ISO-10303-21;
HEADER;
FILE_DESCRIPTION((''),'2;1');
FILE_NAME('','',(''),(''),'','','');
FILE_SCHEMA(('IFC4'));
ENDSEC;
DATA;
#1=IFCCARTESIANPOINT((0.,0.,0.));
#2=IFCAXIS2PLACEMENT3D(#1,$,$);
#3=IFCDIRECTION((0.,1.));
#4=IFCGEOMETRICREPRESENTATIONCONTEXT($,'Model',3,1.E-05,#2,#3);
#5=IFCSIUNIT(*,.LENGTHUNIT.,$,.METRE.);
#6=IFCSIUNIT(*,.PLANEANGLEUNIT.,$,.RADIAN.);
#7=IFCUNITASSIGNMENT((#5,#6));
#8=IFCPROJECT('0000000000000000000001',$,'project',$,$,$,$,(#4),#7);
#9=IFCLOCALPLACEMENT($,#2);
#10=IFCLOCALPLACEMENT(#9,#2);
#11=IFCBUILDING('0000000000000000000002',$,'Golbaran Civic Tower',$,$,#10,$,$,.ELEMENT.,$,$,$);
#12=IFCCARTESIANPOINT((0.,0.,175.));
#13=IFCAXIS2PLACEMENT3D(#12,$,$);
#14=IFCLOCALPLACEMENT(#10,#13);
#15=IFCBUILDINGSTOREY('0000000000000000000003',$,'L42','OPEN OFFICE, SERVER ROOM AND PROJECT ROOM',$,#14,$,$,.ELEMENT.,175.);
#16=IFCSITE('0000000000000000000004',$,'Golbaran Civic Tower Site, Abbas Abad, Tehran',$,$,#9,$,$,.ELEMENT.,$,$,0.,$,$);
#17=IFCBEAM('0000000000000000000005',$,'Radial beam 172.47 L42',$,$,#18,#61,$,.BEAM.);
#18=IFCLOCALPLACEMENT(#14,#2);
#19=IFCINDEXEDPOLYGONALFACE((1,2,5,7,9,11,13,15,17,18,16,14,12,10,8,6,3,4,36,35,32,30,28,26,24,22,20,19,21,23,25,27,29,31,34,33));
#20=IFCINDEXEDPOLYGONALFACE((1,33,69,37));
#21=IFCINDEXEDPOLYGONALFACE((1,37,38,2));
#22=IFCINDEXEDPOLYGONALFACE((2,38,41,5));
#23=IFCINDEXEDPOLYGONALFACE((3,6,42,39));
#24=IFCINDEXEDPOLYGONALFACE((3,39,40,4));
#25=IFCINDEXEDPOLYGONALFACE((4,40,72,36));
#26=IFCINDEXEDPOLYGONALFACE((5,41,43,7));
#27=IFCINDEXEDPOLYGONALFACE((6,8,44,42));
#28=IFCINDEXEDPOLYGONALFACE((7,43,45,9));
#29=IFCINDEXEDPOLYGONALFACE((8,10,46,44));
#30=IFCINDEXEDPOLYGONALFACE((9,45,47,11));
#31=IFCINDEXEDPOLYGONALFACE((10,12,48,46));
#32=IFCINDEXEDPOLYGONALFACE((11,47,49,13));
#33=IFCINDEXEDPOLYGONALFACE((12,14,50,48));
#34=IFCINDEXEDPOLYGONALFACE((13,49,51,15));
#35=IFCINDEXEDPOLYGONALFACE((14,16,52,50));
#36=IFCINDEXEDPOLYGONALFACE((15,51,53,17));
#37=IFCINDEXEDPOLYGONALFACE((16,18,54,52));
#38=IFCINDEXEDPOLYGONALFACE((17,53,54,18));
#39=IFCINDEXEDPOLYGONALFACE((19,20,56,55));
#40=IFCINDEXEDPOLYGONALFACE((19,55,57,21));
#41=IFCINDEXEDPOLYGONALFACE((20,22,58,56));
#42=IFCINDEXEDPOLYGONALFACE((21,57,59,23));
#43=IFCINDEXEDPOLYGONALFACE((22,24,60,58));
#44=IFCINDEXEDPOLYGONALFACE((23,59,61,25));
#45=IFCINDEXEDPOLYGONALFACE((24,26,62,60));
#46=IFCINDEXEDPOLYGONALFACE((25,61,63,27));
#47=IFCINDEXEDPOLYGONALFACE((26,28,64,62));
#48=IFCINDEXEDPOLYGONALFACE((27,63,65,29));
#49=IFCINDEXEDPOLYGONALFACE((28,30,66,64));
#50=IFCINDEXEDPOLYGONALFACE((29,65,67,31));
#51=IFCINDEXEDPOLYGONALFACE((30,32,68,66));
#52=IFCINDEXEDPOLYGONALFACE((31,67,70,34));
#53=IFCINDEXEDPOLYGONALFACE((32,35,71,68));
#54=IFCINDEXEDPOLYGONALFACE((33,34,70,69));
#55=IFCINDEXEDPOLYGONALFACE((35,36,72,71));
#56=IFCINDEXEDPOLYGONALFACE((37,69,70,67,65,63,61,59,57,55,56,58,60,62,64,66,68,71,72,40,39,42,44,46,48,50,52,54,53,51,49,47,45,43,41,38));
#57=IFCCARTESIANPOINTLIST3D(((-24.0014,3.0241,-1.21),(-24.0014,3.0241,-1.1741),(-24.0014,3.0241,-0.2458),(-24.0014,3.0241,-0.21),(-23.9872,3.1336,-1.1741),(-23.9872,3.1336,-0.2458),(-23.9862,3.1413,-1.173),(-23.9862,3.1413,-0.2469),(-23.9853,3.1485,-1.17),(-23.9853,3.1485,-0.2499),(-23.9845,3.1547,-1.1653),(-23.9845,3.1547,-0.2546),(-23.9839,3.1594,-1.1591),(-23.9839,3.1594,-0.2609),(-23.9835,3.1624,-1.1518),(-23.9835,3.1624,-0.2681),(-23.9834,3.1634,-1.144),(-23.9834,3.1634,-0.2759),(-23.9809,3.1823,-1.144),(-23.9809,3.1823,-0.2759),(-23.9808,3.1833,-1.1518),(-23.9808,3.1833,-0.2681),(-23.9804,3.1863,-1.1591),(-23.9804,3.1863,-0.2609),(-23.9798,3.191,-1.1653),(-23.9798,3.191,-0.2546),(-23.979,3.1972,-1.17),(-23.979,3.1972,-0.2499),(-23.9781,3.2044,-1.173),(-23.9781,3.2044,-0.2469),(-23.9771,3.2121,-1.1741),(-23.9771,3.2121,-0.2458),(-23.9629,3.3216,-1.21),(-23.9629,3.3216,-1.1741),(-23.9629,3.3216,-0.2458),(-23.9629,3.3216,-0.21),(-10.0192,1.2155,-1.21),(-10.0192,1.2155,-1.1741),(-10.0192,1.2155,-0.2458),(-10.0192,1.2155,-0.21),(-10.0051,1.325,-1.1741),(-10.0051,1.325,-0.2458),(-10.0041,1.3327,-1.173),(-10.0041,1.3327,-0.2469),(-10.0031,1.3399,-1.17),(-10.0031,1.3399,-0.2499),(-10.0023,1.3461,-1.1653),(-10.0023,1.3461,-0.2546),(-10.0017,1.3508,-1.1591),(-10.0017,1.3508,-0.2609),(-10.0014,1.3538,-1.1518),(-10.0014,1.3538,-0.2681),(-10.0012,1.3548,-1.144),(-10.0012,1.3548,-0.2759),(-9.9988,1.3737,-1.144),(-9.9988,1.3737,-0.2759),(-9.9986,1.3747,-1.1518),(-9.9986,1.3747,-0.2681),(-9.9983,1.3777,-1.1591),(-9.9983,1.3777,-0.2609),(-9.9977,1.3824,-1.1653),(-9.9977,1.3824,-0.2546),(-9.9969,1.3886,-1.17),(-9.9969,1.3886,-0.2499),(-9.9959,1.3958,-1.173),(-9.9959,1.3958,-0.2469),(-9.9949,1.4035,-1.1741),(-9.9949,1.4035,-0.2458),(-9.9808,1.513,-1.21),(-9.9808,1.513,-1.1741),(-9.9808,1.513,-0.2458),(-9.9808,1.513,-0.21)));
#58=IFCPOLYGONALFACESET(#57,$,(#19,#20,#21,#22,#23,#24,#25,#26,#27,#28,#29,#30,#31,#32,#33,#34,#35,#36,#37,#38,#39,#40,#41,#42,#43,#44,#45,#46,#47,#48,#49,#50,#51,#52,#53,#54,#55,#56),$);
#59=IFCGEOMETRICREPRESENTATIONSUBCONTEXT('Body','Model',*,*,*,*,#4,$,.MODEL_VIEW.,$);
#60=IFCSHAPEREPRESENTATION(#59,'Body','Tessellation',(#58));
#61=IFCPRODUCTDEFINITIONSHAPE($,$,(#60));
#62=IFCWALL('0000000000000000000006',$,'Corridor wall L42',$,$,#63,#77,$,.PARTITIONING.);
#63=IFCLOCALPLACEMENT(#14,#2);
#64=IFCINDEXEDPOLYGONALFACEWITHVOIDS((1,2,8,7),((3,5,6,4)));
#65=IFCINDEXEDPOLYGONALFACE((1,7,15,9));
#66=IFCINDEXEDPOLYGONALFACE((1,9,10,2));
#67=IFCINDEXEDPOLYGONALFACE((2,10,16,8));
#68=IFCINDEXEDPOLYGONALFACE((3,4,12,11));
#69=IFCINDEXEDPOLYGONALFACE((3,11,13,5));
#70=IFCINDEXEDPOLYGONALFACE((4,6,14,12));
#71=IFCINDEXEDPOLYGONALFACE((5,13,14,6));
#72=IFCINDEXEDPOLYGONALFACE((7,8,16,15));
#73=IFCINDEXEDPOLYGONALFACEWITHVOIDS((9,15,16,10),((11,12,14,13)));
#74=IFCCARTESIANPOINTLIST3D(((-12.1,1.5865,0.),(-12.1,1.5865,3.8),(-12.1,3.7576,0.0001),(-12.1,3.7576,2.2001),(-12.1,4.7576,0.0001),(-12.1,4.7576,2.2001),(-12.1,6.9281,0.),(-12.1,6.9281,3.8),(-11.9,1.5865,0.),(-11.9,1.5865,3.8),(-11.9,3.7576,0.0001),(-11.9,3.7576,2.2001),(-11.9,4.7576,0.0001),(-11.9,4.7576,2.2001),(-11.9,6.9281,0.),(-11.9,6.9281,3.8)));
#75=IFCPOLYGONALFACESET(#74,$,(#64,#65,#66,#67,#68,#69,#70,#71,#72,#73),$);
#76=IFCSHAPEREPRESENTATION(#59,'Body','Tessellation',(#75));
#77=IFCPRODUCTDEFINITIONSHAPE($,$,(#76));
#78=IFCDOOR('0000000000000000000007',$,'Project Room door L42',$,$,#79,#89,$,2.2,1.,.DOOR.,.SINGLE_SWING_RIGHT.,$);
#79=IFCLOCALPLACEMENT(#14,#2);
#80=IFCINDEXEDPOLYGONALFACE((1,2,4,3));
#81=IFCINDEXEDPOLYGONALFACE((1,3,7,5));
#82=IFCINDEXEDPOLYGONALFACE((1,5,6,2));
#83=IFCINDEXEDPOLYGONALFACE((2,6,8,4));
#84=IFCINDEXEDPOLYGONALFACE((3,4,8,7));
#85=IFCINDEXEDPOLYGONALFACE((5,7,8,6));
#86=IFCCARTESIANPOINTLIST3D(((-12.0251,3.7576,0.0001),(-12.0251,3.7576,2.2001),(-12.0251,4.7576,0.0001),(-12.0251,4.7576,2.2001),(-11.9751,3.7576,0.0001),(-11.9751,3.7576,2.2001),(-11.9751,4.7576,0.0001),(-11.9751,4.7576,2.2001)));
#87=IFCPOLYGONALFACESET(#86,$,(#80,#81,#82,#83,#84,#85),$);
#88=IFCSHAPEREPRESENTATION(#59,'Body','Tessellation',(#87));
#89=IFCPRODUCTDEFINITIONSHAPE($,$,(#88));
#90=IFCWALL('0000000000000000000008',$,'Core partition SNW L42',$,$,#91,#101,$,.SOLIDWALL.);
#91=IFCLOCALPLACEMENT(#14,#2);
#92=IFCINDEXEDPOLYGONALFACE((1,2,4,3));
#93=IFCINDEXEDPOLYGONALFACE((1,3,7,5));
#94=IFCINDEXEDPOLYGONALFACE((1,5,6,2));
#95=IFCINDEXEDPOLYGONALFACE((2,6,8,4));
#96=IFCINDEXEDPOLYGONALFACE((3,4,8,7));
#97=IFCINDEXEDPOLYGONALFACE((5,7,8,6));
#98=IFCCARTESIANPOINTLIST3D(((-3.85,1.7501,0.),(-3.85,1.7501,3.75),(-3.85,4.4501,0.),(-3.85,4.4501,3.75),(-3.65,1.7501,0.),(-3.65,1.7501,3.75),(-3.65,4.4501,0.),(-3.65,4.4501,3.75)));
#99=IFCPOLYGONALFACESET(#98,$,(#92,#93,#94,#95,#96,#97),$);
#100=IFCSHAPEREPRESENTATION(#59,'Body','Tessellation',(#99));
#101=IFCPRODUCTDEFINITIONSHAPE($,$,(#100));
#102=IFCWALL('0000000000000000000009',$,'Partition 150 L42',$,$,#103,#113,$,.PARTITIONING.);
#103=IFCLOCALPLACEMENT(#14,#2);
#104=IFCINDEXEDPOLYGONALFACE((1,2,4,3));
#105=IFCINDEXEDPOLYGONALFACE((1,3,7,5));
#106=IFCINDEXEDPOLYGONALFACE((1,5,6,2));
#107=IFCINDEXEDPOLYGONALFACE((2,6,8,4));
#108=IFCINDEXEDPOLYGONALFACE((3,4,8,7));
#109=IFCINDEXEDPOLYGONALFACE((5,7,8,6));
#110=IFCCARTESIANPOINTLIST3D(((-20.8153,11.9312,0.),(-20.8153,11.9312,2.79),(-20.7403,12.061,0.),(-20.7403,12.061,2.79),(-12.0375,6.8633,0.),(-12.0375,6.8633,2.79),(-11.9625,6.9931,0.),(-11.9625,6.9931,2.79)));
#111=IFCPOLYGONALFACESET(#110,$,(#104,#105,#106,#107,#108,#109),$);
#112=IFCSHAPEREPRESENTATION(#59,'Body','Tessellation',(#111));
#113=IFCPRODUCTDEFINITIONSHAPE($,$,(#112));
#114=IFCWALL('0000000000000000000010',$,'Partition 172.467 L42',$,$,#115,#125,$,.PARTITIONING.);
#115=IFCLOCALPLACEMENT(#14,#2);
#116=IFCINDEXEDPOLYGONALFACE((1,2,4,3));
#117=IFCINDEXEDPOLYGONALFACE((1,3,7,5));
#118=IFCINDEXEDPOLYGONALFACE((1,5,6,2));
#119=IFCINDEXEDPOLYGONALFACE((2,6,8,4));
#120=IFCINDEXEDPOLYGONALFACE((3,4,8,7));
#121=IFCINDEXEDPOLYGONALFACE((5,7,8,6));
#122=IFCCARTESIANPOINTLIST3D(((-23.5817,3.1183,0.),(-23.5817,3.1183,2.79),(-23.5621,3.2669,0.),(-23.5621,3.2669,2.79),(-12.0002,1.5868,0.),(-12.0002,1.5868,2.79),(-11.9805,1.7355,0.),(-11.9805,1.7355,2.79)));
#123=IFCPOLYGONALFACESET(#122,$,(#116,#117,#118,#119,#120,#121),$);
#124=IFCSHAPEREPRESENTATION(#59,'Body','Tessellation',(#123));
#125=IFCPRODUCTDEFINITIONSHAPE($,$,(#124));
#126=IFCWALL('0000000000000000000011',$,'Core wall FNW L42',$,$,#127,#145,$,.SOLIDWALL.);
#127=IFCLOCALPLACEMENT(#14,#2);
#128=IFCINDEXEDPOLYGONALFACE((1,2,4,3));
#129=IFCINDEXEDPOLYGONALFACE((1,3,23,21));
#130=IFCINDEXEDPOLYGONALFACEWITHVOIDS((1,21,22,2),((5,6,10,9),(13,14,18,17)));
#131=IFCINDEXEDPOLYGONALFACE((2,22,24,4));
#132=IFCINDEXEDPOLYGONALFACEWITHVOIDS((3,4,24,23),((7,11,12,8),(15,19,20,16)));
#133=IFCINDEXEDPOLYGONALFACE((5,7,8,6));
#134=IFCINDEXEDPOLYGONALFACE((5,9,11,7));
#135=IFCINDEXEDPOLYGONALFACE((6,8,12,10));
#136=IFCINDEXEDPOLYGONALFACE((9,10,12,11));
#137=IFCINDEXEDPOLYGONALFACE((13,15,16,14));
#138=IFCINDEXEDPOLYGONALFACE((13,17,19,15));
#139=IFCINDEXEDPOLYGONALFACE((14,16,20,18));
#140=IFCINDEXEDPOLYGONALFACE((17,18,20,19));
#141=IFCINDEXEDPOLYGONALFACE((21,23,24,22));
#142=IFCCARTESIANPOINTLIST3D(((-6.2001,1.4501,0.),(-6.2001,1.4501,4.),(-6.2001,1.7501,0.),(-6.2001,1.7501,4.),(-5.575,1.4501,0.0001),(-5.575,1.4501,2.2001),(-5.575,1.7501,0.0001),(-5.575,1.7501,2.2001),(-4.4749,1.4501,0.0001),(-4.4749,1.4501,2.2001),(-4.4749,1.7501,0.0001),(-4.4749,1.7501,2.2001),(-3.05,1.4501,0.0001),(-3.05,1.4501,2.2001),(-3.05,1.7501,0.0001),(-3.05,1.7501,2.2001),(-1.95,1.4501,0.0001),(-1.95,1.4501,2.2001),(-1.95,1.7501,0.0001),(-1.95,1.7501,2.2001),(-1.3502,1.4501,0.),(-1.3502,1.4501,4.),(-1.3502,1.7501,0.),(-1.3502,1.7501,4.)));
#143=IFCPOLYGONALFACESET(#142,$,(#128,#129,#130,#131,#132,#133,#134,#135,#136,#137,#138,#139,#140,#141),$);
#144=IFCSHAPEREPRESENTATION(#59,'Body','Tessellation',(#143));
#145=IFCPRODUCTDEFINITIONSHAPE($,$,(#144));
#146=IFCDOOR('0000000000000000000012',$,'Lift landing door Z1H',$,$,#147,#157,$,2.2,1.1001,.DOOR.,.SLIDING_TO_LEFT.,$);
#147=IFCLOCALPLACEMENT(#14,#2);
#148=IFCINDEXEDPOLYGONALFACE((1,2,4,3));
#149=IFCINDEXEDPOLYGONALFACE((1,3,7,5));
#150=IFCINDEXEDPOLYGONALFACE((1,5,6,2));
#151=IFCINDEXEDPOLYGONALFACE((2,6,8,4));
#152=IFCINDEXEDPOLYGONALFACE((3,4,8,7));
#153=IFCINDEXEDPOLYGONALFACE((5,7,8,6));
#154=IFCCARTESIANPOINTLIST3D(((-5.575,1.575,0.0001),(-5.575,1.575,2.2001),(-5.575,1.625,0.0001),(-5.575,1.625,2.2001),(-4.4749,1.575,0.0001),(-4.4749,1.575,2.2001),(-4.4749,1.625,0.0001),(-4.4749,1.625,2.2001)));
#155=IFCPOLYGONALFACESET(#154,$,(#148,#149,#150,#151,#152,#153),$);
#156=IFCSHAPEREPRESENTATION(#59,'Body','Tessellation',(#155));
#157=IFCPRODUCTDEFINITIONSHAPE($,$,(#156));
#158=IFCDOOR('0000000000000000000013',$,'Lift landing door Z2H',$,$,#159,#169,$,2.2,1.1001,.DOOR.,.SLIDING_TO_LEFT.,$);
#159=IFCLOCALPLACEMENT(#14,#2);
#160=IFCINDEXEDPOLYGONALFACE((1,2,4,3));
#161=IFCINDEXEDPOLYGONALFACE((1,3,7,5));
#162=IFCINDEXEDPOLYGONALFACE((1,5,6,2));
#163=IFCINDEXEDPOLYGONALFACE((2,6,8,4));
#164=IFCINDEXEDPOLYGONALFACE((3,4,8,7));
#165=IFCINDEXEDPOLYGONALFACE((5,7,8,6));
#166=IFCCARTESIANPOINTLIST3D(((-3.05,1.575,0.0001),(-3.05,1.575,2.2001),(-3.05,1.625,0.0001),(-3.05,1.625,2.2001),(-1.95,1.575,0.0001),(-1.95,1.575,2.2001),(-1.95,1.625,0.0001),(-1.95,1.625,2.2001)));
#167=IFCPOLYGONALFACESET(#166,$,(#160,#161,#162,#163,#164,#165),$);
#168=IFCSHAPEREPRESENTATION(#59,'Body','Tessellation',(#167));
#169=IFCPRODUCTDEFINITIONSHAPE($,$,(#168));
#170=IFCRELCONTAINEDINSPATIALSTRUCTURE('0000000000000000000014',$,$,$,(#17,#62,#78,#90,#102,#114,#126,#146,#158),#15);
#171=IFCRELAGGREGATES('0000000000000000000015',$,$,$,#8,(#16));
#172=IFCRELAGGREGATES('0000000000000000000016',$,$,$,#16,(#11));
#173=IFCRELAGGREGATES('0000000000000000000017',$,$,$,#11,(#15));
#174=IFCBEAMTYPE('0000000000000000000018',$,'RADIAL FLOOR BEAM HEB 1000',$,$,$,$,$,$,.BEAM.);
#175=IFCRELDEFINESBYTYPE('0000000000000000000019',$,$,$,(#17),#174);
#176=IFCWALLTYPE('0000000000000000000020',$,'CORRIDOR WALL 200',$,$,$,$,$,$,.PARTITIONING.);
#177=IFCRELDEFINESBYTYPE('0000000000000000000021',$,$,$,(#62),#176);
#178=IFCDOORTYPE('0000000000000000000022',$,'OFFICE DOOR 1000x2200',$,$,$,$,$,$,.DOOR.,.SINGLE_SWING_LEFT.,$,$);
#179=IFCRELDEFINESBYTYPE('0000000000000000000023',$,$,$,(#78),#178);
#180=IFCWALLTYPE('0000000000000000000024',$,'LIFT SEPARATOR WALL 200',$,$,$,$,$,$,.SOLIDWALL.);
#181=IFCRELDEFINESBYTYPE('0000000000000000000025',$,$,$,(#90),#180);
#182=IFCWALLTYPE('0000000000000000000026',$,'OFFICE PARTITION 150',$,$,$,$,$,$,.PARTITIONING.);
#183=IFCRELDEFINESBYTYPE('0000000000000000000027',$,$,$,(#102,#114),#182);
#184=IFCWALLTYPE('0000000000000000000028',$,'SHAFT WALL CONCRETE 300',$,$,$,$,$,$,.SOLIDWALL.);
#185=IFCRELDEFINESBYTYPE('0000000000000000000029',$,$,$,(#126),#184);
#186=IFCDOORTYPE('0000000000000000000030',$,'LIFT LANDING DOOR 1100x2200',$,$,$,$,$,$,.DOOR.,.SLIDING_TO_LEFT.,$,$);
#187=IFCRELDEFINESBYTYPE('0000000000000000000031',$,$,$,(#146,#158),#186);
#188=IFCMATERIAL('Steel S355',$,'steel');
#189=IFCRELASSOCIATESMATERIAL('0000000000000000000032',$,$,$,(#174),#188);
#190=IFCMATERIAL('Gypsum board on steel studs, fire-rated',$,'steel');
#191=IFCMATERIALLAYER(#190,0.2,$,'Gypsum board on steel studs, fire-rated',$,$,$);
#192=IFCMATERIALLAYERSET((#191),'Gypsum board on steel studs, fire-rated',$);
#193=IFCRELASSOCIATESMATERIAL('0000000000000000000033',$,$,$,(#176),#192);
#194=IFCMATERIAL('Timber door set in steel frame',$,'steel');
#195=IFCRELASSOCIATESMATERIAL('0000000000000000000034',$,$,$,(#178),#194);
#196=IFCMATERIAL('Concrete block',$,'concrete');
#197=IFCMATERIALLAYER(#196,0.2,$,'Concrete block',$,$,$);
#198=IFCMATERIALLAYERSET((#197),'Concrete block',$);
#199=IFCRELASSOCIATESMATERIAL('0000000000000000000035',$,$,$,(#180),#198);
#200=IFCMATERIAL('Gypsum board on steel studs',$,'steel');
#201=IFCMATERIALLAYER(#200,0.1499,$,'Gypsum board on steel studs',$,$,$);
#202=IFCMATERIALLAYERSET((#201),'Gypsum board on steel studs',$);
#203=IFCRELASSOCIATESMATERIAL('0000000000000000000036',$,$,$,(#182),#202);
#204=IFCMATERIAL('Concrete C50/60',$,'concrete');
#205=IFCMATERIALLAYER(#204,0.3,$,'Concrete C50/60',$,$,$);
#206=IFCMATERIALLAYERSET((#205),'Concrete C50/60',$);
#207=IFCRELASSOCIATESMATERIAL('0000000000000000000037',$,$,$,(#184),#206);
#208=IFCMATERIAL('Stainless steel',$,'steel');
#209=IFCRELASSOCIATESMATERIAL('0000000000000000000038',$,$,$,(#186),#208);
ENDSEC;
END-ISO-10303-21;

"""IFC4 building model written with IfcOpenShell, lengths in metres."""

from ifc_helpers import new_model, si_unit, direction, frame, frame_2d, origin, origin_2d, place, context, subcontext, project, spatial, rectangle, i_section, extrude, material, layer, layer_set, material_profile, profile_set, type_object, element, fill, save


model = new_model("IFC4")

# Units and contexts
model_context = context("Model", 3, precision=1e-05, world=origin(), true_north=direction((0.0, 1.0)))
body_context = subcontext(model_context, "Body", "Model", "MODEL_VIEW")
ifc_project = project(units=[si_unit("LENGTHUNIT", "METRE"), si_unit("PLANEANGLEUNIT", "RADIAN")], contexts=[model_context])

# Site, building, storey
site_placement = place(None, origin())
site = spatial("IfcSite", under=ifc_project, at=site_placement, Name="Golbaran Civic Tower Site, Abbas Abad, Tehran", CompositionType="ELEMENT", RefElevation=0.0)
building_placement = place(site_placement, origin())
building = spatial("IfcBuilding", under=site, at=building_placement, Name="Golbaran Civic Tower", CompositionType="ELEMENT")
storey_placement = place(building_placement, frame((0.0, 0.0, 175.0)))
storey = spatial("IfcBuildingStorey", under=building, at=storey_placement, Name="L42", Description="OPEN OFFICE, SERVER ROOM AND PROJECT ROOM", CompositionType="ELEMENT", Elevation=175.0)

# Beam
ifc_material_1 = material(Name="Steel S355", Category="steel")
ifc_material_profile_1 = material_profile(ifc_material_1, i_section(OverallWidth=0.3, OverallDepth=1.0, WebThickness=0.019, FlangeThickness=0.0359, FilletRadius=0.03, at=origin_2d()), Name="HEB 1000")
ifc_profile_set_1 = profile_set([ifc_material_profile_1], Name="Steel S355")
beam_type_1 = type_object("IfcBeamType", Name="RADIAL FLOOR BEAM HEB 1000", PredefinedType="BEAM", material=ifc_profile_set_1)
beam_1_placement = place(storey_placement, frame((-10.0, 1.3643, -0.71), z_axis=(-0.991738, 0.128281, 0.0), x_axis=(-0.128281, -0.991738, 0.0)))
element("IfcBeam", 1, at=beam_1_placement, inside=storey, type_object=beam_type_1, Name="Radial beam 172.47 L42", PredefinedType="BEAM", context=body_context, shape_type="SweptSolid", body=[
    extrude(i_section(OverallWidth=0.3, OverallDepth=1.0, WebThickness=0.019, FlangeThickness=0.0359, FilletRadius=0.03, at=origin_2d()), origin(), (0.0, 0.0, 1.0), 14.0986),
])

# Wall, opening, door
ifc_material_2 = material(Name="Gypsum board on steel studs, fire-rated", Category="steel")
ifc_layer_1 = layer(ifc_material_2, 0.2, Name="Gypsum board on steel studs, fire-rated")
ifc_layer_set_1 = layer_set([ifc_layer_1], Name="Gypsum board on steel studs, fire-rated")
wall_type_1 = type_object("IfcWallType", Name="CORRIDOR WALL 200", PredefinedType="PARTITIONING", material=ifc_layer_set_1)
wall_1_placement = place(storey_placement, frame((-12.0, 6.9282, 0.0), z_axis=(0.0, 0.0, 1.0), x_axis=(0.0, -1.0, 0.0)))
wall_1 = element("IfcWall", 2, at=wall_1_placement, inside=storey, type_object=wall_type_1, Name="Corridor wall L42", PredefinedType="PARTITIONING", context=body_context, shape_type="SweptSolid", body=[
    extrude(rectangle(XDim=5.3416, YDim=0.2, at=frame_2d((2.6709, 0.0))), origin(), (0.0, 0.0, 1.0), 3.8),
])
opening_1_placement = place(wall_1_placement, frame((2.1707, 0.0, 0.0)))
opening_1 = element("IfcOpeningElement", 3, at=opening_1_placement, cuts=wall_1, PredefinedType="OPENING", context=body_context, shape_type="SweptSolid", body=[
    extrude(rectangle(XDim=1.0, YDim=2.2, at=frame_2d((0.5, 1.1001))), frame((0.0, 0.1099, 0.0), z_axis=(0.0, -1.0, 0.0), x_axis=(1.0, 0.0, 0.0)), (0.0, 0.0, 1.0), 0.22),
])
ifc_material_3 = material(Name="Timber door set in steel frame", Category="steel")
door_type_1 = type_object("IfcDoorType", Name="OFFICE DOOR 1000x2200", OperationType="SINGLE_SWING_LEFT", PredefinedType="DOOR", material=ifc_material_3)
door_1_placement = place(opening_1_placement, origin())
door_1 = element("IfcDoor", 4, at=door_1_placement, inside=storey, type_object=door_type_1, Name="Project Room door L42", OperationType="SINGLE_SWING_RIGHT", OverallHeight=2.2, OverallWidth=1.0, PredefinedType="DOOR", context=body_context, shape_type="SweptSolid", body=[
    extrude(rectangle(XDim=1.0, YDim=2.2, at=frame_2d((0.5, 1.1001))), frame((0.0, 0.0249, 0.0), z_axis=(0.0, -1.0, 0.0), x_axis=(1.0, 0.0, 0.0)), (0.0, 0.0, 1.0), 0.05),
])
fill(opening_1, door_1)

# Walls
ifc_material_4 = material(Name="Concrete block", Category="concrete")
ifc_layer_2 = layer(ifc_material_4, 0.2, Name="Concrete block")
ifc_layer_set_2 = layer_set([ifc_layer_2], Name="Concrete block")
wall_type_2 = type_object("IfcWallType", Name="LIFT SEPARATOR WALL 200", PredefinedType="SOLIDWALL", material=ifc_layer_set_2)
wall_2_placement = place(storey_placement, frame((-3.75, 1.75, 0.0), z_axis=(0.0, 0.0, 1.0), x_axis=(0.0, 1.0, 0.0)))
element("IfcWall", 5, at=wall_2_placement, inside=storey, type_object=wall_type_2, Name="Core partition SNW L42", PredefinedType="SOLIDWALL", context=body_context, shape_type="SweptSolid", body=[
    extrude(rectangle(XDim=2.7, YDim=0.2, at=frame_2d((1.3501, 0.0))), origin(), (0.0, 0.0, 1.0), 3.75),
])
ifc_material_5 = material(Name="Gypsum board on steel studs", Category="steel")
ifc_layer_3 = layer(ifc_material_5, 0.1499, Name="Gypsum board on steel studs")
ifc_layer_set_3 = layer_set([ifc_layer_3], Name="Gypsum board on steel studs")
wall_type_3 = type_object("IfcWallType", Name="OFFICE PARTITION 150", PredefinedType="PARTITIONING", material=ifc_layer_set_3)
wall_3_placement = place(storey_placement, frame((-12.0, 6.9282, 0.0), z_axis=(0.0, 0.0, 1.0), x_axis=(-0.866026, 0.499999, 0.0)))
element("IfcWall", 6, at=wall_3_placement, inside=storey, type_object=wall_type_3, Name="Partition 150 L42", PredefinedType="PARTITIONING", context=body_context, shape_type="SweptSolid", body=[
    extrude(rectangle(XDim=10.1357, YDim=0.1499, at=frame_2d((5.0679, 0.0))), origin(), (0.0, 0.0, 1.0), 2.79),
])
wall_4_placement = place(storey_placement, frame((-11.9902, 1.6611, 0.0), z_axis=(0.0, 0.0, 1.0), x_axis=(-0.99137, 0.131095, 0.0)))
element("IfcWall", 7, at=wall_4_placement, inside=storey, type_object=wall_type_3, Name="Partition 172.467 L42", PredefinedType="PARTITIONING", context=body_context, shape_type="SweptSolid", body=[
    extrude(rectangle(XDim=11.6824, YDim=0.1499, at=frame_2d((5.8413, 0.0))), origin(), (0.0, 0.0, 1.0), 2.79),
])

# Wall, openings, doors
ifc_material_6 = material(Name="Concrete C50/60", Category="concrete")
ifc_layer_4 = layer(ifc_material_6, 0.3, Name="Concrete C50/60")
ifc_layer_set_4 = layer_set([ifc_layer_4], Name="Concrete C50/60")
wall_type_4 = type_object("IfcWallType", Name="SHAFT WALL CONCRETE 300", PredefinedType="SOLIDWALL", material=ifc_layer_set_4)
wall_5_placement = place(storey_placement, frame((-6.2, 1.6001, 0.0), z_axis=(0.0, 0.0, 1.0), x_axis=(1.0, 0.0, 0.0)))
wall_5 = element("IfcWall", 8, at=wall_5_placement, inside=storey, type_object=wall_type_4, Name="Core wall FNW L42", PredefinedType="SOLIDWALL", context=body_context, shape_type="SweptSolid", body=[
    extrude(rectangle(XDim=4.8499, YDim=0.3, at=frame_2d((2.4248, 0.0))), origin(), (0.0, 0.0, 1.0), 4.0),
])
opening_2_placement = place(wall_5_placement, frame((0.625, 0.0, 0.0)))
opening_2 = element("IfcOpeningElement", 9, at=opening_2_placement, cuts=wall_5, PredefinedType="OPENING", context=body_context, shape_type="SweptSolid", body=[
    extrude(rectangle(XDim=1.1001, YDim=2.2, at=frame_2d((0.55, 1.1001))), frame((0.0, 0.1599, 0.0), z_axis=(0.0, -1.0, 0.0), x_axis=(1.0, 0.0, 0.0)), (0.0, 0.0, 1.0), 0.3201),
])
opening_3_placement = place(wall_5_placement, frame((3.1499, 0.0, 0.0)))
opening_3 = element("IfcOpeningElement", 10, at=opening_3_placement, cuts=wall_5, PredefinedType="OPENING", context=body_context, shape_type="SweptSolid", body=[
    extrude(rectangle(XDim=1.1001, YDim=2.2, at=frame_2d((0.55, 1.1001))), frame((0.0, 0.1599, 0.0), z_axis=(0.0, -1.0, 0.0), x_axis=(1.0, 0.0, 0.0)), (0.0, 0.0, 1.0), 0.3201),
])
ifc_material_7 = material(Name="Stainless steel", Category="steel")
door_type_2 = type_object("IfcDoorType", Name="LIFT LANDING DOOR 1100x2200", OperationType="SLIDING_TO_LEFT", PredefinedType="DOOR", material=ifc_material_7)
door_2_placement = place(opening_2_placement, origin())
door_2 = element("IfcDoor", 11, at=door_2_placement, inside=storey, type_object=door_type_2, Name="Lift landing door Z1H", OperationType="SLIDING_TO_LEFT", OverallHeight=2.2, OverallWidth=1.1001, PredefinedType="DOOR", context=body_context, shape_type="SweptSolid", body=[
    extrude(rectangle(XDim=1.1001, YDim=2.2, at=frame_2d((0.55, 1.1001))), frame((0.0, 0.0249, 0.0), z_axis=(0.0, -1.0, 0.0), x_axis=(1.0, 0.0, 0.0)), (0.0, 0.0, 1.0), 0.05),
])
fill(opening_2, door_2)
door_3_placement = place(opening_3_placement, origin())
door_3 = element("IfcDoor", 12, at=door_3_placement, inside=storey, type_object=door_type_2, Name="Lift landing door Z2H", OperationType="SLIDING_TO_LEFT", OverallHeight=2.2, OverallWidth=1.1001, PredefinedType="DOOR", context=body_context, shape_type="SweptSolid", body=[
    extrude(rectangle(XDim=1.1001, YDim=2.2, at=frame_2d((0.55, 1.1001))), frame((0.0, 0.0249, 0.0), z_axis=(0.0, -1.0, 0.0), x_axis=(1.0, 0.0, 0.0)), (0.0, 0.0, 1.0), 0.05),
])
fill(opening_3, door_3)

save(model, "model.ifc")
